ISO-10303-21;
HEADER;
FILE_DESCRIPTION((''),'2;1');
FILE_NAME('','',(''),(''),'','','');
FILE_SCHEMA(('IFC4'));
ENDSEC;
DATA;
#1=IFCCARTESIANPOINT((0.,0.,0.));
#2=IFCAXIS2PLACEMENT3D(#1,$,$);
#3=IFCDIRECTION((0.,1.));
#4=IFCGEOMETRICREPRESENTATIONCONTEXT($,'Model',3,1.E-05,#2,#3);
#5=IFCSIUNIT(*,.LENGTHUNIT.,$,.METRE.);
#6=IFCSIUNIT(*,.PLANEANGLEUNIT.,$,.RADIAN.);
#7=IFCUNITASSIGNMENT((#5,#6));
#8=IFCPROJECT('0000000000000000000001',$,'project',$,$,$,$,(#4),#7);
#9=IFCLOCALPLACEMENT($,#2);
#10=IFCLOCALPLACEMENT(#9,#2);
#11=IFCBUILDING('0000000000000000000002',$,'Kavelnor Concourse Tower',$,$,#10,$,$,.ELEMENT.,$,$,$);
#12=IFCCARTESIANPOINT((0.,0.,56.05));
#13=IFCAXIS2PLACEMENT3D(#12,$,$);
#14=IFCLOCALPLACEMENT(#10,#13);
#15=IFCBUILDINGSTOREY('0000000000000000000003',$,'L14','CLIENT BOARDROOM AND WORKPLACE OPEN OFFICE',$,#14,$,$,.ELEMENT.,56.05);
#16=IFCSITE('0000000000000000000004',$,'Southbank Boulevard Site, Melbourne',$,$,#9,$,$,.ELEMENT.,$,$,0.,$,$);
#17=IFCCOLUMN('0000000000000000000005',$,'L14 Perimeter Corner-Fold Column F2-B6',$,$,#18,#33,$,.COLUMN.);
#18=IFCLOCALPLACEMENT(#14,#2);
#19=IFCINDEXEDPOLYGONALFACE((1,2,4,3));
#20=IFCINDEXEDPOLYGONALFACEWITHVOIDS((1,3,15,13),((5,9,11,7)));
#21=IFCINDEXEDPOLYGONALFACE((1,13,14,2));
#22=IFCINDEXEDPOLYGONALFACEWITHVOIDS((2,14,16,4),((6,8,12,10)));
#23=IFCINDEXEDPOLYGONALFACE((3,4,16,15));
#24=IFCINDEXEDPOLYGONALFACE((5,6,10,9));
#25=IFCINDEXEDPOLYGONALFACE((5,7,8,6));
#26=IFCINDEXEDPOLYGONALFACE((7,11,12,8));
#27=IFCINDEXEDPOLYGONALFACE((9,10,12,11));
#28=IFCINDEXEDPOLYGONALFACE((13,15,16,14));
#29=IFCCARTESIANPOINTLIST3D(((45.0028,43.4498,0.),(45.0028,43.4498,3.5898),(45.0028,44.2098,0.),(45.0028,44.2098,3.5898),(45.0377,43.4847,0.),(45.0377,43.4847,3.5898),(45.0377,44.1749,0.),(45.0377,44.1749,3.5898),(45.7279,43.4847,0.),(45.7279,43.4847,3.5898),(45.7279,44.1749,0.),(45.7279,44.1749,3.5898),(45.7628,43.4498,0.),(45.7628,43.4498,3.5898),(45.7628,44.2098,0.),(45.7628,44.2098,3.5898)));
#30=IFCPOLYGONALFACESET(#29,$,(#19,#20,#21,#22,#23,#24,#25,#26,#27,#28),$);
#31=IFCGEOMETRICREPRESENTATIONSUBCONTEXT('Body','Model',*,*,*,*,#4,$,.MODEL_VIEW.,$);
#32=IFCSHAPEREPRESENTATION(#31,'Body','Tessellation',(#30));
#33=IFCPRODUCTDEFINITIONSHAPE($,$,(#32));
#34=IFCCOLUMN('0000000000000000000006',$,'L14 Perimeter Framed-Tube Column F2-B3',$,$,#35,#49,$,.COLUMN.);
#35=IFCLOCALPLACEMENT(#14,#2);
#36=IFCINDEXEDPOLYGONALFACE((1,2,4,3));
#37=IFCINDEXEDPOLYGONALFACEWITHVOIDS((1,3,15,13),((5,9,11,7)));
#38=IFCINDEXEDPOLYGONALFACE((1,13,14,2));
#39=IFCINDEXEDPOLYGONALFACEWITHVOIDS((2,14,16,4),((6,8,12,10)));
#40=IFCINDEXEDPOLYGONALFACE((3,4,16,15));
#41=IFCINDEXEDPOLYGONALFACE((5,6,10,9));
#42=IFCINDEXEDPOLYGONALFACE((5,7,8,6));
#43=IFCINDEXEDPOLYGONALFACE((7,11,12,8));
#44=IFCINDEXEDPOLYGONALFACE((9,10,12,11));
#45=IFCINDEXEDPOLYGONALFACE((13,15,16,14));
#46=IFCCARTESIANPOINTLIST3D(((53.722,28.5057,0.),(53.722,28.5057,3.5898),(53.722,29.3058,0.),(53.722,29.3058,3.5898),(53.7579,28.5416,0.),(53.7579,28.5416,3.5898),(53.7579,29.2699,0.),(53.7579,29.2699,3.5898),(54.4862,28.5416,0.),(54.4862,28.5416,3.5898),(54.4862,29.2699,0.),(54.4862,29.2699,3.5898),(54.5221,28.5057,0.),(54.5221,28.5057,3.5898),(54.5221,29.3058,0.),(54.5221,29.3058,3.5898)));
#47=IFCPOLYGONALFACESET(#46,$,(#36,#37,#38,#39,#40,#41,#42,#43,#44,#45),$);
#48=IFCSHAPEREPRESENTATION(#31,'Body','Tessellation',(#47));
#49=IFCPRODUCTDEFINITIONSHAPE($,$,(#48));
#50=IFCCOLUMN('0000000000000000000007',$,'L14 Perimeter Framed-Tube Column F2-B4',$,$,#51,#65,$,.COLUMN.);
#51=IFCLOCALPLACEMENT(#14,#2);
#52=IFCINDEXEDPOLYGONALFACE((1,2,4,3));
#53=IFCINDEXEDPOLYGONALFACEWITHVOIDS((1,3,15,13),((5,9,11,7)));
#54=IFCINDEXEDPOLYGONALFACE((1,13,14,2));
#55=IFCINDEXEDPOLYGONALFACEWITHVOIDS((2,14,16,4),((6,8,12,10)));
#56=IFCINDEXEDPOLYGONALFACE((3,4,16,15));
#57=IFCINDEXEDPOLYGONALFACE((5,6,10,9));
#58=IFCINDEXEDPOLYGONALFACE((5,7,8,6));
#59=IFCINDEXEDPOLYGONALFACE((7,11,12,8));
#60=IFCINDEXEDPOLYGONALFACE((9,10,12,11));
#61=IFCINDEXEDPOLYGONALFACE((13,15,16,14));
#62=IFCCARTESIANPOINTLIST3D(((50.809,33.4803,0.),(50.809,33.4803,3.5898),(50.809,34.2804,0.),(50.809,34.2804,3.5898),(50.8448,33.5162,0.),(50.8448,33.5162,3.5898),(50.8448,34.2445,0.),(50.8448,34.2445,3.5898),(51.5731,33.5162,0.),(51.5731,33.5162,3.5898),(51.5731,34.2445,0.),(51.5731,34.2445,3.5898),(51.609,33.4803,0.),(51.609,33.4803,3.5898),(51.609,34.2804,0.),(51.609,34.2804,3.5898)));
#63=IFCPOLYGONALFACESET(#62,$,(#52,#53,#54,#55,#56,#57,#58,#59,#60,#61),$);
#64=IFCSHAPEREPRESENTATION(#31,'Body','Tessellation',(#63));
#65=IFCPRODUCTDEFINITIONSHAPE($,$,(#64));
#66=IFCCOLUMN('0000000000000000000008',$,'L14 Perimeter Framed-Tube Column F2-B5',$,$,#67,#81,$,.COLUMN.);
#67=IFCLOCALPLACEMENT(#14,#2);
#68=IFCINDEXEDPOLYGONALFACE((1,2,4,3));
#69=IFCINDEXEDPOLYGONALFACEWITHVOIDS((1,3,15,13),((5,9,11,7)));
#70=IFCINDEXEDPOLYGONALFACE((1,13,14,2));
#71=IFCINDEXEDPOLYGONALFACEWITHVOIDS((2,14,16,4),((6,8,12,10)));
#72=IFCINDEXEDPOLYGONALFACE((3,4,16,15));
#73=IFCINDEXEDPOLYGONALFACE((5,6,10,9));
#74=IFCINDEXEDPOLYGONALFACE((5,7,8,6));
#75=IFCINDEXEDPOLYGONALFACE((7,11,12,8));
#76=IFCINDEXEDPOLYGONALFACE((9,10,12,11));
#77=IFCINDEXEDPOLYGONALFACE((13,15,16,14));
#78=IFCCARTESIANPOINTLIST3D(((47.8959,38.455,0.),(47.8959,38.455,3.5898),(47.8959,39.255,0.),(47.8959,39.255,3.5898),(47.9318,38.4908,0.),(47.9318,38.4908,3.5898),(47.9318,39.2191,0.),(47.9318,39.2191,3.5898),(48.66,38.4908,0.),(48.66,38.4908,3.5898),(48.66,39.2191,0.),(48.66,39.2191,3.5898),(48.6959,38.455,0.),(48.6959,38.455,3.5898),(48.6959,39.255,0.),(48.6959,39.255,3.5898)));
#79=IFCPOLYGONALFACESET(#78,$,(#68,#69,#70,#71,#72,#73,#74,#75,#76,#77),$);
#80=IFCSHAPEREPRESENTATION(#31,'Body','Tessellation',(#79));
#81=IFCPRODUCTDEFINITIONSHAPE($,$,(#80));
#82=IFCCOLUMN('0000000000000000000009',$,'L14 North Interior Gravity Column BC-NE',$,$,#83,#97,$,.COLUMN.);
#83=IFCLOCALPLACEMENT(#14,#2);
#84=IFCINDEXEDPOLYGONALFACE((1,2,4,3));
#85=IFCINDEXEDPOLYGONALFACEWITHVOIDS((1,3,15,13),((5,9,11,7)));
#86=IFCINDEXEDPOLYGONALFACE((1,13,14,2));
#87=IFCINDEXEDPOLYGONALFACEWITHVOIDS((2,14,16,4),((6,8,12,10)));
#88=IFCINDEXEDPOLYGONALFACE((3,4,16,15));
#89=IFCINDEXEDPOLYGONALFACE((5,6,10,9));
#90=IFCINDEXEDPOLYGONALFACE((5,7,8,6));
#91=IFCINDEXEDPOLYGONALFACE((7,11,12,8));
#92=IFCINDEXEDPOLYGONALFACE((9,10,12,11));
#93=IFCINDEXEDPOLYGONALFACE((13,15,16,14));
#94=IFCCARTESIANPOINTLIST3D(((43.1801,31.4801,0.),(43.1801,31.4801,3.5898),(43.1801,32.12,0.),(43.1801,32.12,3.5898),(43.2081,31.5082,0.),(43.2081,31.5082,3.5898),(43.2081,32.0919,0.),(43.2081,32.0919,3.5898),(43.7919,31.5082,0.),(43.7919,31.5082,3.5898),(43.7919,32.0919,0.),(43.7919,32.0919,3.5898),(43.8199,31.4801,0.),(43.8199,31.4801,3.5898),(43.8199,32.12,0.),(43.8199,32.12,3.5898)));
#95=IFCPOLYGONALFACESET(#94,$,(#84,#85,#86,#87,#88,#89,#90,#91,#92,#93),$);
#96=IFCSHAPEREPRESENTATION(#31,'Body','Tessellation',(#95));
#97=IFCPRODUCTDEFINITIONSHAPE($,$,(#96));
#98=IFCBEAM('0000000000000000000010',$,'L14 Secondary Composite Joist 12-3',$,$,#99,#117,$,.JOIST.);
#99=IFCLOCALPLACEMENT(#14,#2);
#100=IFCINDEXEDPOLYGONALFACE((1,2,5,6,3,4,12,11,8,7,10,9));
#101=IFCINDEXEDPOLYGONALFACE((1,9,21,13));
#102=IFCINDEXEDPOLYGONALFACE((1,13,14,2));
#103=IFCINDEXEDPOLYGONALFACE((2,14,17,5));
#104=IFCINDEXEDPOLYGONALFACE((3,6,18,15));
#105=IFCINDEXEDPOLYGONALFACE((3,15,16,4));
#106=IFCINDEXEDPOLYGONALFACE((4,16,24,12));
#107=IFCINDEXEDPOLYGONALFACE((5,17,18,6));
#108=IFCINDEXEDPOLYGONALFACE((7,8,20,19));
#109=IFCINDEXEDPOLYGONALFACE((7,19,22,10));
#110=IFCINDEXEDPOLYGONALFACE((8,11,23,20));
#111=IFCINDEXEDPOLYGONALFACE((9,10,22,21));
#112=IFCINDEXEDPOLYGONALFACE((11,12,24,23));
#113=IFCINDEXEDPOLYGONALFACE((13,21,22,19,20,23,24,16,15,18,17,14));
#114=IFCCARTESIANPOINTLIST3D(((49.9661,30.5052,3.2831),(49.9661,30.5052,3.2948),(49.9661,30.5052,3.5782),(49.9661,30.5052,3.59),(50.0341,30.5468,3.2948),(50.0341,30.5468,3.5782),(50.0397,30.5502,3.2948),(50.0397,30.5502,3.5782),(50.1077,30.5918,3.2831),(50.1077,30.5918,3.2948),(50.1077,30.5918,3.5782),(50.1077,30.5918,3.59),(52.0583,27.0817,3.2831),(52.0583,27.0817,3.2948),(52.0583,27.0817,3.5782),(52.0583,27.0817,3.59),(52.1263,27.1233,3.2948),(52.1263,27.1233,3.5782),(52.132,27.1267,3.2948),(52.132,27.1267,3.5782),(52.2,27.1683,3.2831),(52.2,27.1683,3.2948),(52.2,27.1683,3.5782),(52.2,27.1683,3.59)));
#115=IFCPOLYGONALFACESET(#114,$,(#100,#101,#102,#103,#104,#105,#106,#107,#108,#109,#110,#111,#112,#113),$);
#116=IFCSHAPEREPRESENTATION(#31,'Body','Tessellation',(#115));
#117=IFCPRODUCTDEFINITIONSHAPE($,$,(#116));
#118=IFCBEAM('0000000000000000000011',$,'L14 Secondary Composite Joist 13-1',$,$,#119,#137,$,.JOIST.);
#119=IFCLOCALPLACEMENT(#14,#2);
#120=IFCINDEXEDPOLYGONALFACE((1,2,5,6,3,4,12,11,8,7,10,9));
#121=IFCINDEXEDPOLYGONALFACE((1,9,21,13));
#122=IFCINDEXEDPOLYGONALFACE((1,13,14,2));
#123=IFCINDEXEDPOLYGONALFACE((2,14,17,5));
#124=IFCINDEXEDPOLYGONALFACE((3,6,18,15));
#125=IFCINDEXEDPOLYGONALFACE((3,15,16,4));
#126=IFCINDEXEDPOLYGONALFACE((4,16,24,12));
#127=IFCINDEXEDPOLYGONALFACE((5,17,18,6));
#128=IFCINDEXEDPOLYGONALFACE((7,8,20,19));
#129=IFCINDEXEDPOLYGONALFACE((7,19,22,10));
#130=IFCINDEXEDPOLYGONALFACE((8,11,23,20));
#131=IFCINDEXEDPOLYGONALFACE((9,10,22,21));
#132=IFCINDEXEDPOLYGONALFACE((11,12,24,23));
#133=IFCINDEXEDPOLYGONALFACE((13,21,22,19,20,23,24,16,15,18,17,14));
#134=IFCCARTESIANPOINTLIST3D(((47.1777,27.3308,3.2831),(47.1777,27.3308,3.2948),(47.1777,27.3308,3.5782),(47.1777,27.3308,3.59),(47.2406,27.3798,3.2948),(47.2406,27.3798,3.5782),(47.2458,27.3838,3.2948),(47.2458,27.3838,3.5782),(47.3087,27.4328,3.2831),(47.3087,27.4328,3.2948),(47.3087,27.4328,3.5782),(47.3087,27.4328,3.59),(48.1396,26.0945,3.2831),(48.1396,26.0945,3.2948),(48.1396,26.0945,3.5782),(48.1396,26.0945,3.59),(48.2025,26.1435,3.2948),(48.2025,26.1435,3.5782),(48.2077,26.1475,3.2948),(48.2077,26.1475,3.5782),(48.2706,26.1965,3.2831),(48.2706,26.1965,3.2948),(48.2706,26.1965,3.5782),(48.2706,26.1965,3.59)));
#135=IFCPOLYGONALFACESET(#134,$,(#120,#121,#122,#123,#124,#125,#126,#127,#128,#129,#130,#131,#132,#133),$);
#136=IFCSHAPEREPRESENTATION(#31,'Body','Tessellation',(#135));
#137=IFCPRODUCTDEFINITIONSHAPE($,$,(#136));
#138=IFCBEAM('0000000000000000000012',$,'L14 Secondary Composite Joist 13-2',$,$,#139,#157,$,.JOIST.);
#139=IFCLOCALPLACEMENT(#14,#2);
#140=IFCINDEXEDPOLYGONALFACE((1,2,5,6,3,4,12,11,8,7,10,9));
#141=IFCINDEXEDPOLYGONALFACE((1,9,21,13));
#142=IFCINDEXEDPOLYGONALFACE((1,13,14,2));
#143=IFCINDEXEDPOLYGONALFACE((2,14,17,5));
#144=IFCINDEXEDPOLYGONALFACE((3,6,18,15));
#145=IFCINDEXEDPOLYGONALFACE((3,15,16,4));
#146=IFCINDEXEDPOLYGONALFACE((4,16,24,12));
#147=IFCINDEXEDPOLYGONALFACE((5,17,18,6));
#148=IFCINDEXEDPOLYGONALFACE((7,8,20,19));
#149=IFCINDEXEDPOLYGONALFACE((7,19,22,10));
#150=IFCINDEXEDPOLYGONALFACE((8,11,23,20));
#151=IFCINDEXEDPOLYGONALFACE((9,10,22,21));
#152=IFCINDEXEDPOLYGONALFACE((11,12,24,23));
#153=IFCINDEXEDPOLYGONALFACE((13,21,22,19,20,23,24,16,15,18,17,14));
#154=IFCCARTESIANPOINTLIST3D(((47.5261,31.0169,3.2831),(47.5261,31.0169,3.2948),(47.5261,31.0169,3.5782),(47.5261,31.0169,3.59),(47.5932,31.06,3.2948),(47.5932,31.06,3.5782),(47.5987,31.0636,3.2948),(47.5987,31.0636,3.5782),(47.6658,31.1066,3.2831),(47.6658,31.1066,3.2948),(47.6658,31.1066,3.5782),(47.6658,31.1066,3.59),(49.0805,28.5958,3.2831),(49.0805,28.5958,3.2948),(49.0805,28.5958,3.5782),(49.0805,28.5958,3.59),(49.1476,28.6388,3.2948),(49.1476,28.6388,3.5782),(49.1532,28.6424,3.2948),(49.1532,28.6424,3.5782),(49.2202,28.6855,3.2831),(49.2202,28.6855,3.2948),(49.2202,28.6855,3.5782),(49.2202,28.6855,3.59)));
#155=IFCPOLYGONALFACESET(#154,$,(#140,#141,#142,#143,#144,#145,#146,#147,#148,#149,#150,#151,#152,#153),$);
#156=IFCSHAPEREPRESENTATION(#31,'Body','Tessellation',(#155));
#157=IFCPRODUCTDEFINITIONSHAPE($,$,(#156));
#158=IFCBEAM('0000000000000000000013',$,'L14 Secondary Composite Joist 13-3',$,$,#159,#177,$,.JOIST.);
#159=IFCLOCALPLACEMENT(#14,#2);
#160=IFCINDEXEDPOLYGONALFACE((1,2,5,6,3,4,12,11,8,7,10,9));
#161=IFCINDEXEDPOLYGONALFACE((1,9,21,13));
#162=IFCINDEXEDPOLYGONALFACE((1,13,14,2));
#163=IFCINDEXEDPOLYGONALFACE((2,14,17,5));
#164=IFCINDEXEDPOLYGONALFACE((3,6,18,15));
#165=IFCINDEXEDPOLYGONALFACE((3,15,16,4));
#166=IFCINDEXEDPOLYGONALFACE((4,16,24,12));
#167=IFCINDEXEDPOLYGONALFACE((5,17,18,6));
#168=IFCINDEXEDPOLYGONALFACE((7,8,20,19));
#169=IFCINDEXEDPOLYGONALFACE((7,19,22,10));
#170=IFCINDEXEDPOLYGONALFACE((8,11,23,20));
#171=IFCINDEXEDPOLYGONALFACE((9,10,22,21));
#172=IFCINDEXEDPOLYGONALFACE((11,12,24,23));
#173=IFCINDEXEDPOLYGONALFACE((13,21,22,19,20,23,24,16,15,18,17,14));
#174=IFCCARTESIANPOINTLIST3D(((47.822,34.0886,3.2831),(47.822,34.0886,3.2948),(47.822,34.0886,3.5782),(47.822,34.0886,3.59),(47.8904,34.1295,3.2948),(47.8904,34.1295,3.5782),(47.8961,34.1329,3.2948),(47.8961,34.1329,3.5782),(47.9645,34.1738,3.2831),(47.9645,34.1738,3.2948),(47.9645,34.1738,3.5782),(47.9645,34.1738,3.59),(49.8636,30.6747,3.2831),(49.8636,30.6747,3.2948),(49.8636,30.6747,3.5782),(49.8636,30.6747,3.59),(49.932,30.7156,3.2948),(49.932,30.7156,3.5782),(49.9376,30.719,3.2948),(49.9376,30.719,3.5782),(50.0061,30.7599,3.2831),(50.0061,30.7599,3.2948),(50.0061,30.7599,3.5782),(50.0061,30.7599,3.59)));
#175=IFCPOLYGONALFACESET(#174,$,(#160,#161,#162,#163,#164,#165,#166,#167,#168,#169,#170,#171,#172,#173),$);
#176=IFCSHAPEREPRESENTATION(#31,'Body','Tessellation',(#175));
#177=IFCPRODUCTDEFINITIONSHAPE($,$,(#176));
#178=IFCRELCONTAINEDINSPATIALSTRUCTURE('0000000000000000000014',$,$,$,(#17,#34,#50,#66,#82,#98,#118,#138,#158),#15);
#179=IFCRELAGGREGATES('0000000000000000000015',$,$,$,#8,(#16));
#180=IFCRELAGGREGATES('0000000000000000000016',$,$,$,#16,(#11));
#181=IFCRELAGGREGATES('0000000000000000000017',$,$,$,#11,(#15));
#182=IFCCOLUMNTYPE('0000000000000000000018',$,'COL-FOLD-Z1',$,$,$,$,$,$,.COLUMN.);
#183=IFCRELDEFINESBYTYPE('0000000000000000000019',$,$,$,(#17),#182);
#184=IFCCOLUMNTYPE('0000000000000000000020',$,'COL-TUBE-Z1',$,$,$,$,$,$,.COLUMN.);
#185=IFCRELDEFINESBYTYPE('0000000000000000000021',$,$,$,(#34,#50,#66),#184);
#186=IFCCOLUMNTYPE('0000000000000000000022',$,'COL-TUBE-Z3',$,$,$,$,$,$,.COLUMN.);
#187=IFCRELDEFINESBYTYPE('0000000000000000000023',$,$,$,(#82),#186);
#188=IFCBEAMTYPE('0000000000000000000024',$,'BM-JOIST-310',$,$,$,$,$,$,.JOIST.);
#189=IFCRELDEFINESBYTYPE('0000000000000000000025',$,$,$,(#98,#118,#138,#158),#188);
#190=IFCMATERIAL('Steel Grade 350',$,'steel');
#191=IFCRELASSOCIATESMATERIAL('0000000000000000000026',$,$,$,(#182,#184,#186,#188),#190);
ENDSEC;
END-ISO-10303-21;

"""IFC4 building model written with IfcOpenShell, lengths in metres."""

from ifc_helpers import new_model, si_unit, direction, frame, origin, origin_2d, place, context, subcontext, project, spatial, hollow_rectangle, i_section, extrude, material, material_profile, profile_set, type_object, element, save


model = new_model("IFC4")

# Units and contexts
model_context = context("Model", 3, precision=1e-05, world=origin(), true_north=direction((0.0, 1.0)))
body_context = subcontext(model_context, "Body", "Model", "MODEL_VIEW")
ifc_project = project(units=[si_unit("LENGTHUNIT", "METRE"), si_unit("PLANEANGLEUNIT", "RADIAN")], contexts=[model_context])

# Site, building, storey
site_placement = place(None, origin())
site = spatial("IfcSite", under=ifc_project, at=site_placement, Name="Southbank Boulevard Site, Melbourne", CompositionType="ELEMENT", RefElevation=0.0)
building_placement = place(site_placement, origin())
building = spatial("IfcBuilding", under=site, at=building_placement, Name="Kavelnor Concourse Tower", CompositionType="ELEMENT")
storey_placement = place(building_placement, frame((0.0, 0.0, 56.05)))
storey = spatial("IfcBuildingStorey", under=building, at=storey_placement, Name="L14", Description="CLIENT BOARDROOM AND WORKPLACE OPEN OFFICE", CompositionType="ELEMENT", Elevation=56.05)

# Columns
ifc_material_1 = material(Name="Steel Grade 350", Category="steel")
ifc_material_profile_1 = material_profile(ifc_material_1, hollow_rectangle(XDim=0.76, YDim=0.76, WallThickness=0.0349, at=origin_2d()), Name="SHS 760x760x35")
ifc_profile_set_1 = profile_set([ifc_material_profile_1], Name="Steel Grade 350")
column_type_1 = type_object("IfcColumnType", Name="COL-FOLD-Z1", PredefinedType="COLUMN", material=ifc_profile_set_1)
column_1_placement = place(storey_placement, frame((45.3828, 43.8298, 0.0), z_axis=(0.0, 0.0, 1.0), x_axis=(1.0, 0.0, 0.0)))
element("IfcColumn", 1, at=column_1_placement, inside=storey, type_object=column_type_1, Name="L14 Perimeter Corner-Fold Column F2-B6", PredefinedType="COLUMN", context=body_context, shape_type="SweptSolid", body=[
    extrude(hollow_rectangle(XDim=0.76, YDim=0.76, WallThickness=0.0349, at=origin_2d()), origin(), (0.0, 0.0, 1.0), 3.5898),
])
ifc_material_profile_2 = material_profile(ifc_material_1, hollow_rectangle(XDim=0.8, YDim=0.8, WallThickness=0.0359, at=origin_2d()), Name="SHS 800x800x36")
ifc_profile_set_2 = profile_set([ifc_material_profile_2], Name="Steel Grade 350")
column_type_2 = type_object("IfcColumnType", Name="COL-TUBE-Z1", PredefinedType="COLUMN", material=ifc_profile_set_2)
for number, where, z_axis, x_axis, name in (
    (2, (54.1221, 28.9058, 0.0), (0.0, 0.0, 1.0), (1.0, 0.0, 0.0), "L14 Perimeter Framed-Tube Column F2-B3"),
    (3, (51.209, 33.8804, 0.0), (0.0, 0.0, 1.0), (1.0, 0.0, 0.0), "L14 Perimeter Framed-Tube Column F2-B4"),
    (4, (48.2959, 38.855, 0.0), (0.0, 0.0, 1.0), (1.0, 0.0, 0.0), "L14 Perimeter Framed-Tube Column F2-B5"),
):
    element("IfcColumn", number, at=place(storey_placement, frame(where, z_axis=z_axis, x_axis=x_axis)), inside=storey, type_object=column_type_2, Name=name, PredefinedType="COLUMN", context=body_context, shape_type="SweptSolid", body=[
        extrude(hollow_rectangle(XDim=0.8, YDim=0.8, WallThickness=0.0359, at=origin_2d()), origin(), (0.0, 0.0, 1.0), 3.5898),
    ])
ifc_material_profile_3 = material_profile(ifc_material_1, hollow_rectangle(XDim=0.6399, YDim=0.6399, WallThickness=0.0281, at=origin_2d()), Name="SHS 640x640x28")
ifc_profile_set_3 = profile_set([ifc_material_profile_3], Name="Steel Grade 350")
column_type_3 = type_object("IfcColumnType", Name="COL-TUBE-Z3", PredefinedType="COLUMN", material=ifc_profile_set_3)
column_2_placement = place(storey_placement, frame((43.5, 31.8, 0.0), z_axis=(0.0, 0.0, 1.0), x_axis=(1.0, 0.0, 0.0)))
element("IfcColumn", 5, at=column_2_placement, inside=storey, type_object=column_type_3, Name="L14 North Interior Gravity Column BC-NE", PredefinedType="COLUMN", context=body_context, shape_type="SweptSolid", body=[
    extrude(hollow_rectangle(XDim=0.6399, YDim=0.6399, WallThickness=0.0281, at=origin_2d()), origin(), (0.0, 0.0, 1.0), 3.5898),
])

# Beams
ifc_material_profile_4 = material_profile(ifc_material_1, i_section(OverallWidth=0.166, OverallDepth=0.3069, WebThickness=0.0066, FlangeThickness=0.0117, at=origin_2d()), Name="310UB46")
ifc_profile_set_4 = profile_set([ifc_material_profile_4], Name="Steel Grade 350")
beam_type_1 = type_object("IfcBeamType", Name="BM-JOIST-310", PredefinedType="JOIST", material=ifc_profile_set_4)
beam_1_placement = place(storey_placement, frame((52.1292, 27.125, 3.4365), z_axis=(-0.521467, 0.853271, 0.0), x_axis=(-0.853271, -0.521467, 0.0)))
element("IfcBeam", 6, at=beam_1_placement, inside=storey, type_object=beam_type_1, Name="L14 Secondary Composite Joist 12-3", PredefinedType="JOIST", context=body_context, shape_type="SweptSolid", body=[
    extrude(i_section(OverallWidth=0.166, OverallDepth=0.3069, WebThickness=0.0066, FlangeThickness=0.0117, at=origin_2d()), origin(), (0.0, 0.0, 1.0), 4.0122),
])
beam_2_placement = place(storey_placement, frame((48.2051, 26.1455, 3.4365), z_axis=(-0.61407, 0.789252, 0.0), x_axis=(-0.789252, -0.61407, 0.0)))
element("IfcBeam", 7, at=beam_2_placement, inside=storey, type_object=beam_type_1, Name="L14 Secondary Composite Joist 13-1", PredefinedType="JOIST", context=body_context, shape_type="SweptSolid", body=[
    extrude(i_section(OverallWidth=0.166, OverallDepth=0.3069, WebThickness=0.0066, FlangeThickness=0.0117, at=origin_2d()), origin(), (0.0, 0.0, 1.0), 1.5664),
])
beam_3_placement = place(storey_placement, frame((49.1504, 28.6406, 3.4365), z_axis=(-0.540264, 0.841495, 0.0), x_axis=(-0.841495, -0.540264, 0.0)))
element("IfcBeam", 8, at=beam_3_placement, inside=storey, type_object=beam_type_1, Name="L14 Secondary Composite Joist 13-2", PredefinedType="JOIST", context=body_context, shape_type="SweptSolid", body=[
    extrude(i_section(OverallWidth=0.166, OverallDepth=0.3069, WebThickness=0.0066, FlangeThickness=0.0117, at=origin_2d()), origin(), (0.0, 0.0, 1.0), 2.8772),
])
beam_4_placement = place(storey_placement, frame((49.9348, 30.7173, 3.4365), z_axis=(-0.513241, 0.858245, 0.0), x_axis=(-0.858245, -0.513241, 0.0)))
element("IfcBeam", 9, at=beam_4_placement, inside=storey, type_object=beam_type_1, Name="L14 Secondary Composite Joist 13-3", PredefinedType="JOIST", context=body_context, shape_type="SweptSolid", body=[
    extrude(i_section(OverallWidth=0.166, OverallDepth=0.3069, WebThickness=0.0066, FlangeThickness=0.0117, at=origin_2d()), origin(), (0.0, 0.0, 1.0), 3.9778),
])

save(model, "model.ifc")
